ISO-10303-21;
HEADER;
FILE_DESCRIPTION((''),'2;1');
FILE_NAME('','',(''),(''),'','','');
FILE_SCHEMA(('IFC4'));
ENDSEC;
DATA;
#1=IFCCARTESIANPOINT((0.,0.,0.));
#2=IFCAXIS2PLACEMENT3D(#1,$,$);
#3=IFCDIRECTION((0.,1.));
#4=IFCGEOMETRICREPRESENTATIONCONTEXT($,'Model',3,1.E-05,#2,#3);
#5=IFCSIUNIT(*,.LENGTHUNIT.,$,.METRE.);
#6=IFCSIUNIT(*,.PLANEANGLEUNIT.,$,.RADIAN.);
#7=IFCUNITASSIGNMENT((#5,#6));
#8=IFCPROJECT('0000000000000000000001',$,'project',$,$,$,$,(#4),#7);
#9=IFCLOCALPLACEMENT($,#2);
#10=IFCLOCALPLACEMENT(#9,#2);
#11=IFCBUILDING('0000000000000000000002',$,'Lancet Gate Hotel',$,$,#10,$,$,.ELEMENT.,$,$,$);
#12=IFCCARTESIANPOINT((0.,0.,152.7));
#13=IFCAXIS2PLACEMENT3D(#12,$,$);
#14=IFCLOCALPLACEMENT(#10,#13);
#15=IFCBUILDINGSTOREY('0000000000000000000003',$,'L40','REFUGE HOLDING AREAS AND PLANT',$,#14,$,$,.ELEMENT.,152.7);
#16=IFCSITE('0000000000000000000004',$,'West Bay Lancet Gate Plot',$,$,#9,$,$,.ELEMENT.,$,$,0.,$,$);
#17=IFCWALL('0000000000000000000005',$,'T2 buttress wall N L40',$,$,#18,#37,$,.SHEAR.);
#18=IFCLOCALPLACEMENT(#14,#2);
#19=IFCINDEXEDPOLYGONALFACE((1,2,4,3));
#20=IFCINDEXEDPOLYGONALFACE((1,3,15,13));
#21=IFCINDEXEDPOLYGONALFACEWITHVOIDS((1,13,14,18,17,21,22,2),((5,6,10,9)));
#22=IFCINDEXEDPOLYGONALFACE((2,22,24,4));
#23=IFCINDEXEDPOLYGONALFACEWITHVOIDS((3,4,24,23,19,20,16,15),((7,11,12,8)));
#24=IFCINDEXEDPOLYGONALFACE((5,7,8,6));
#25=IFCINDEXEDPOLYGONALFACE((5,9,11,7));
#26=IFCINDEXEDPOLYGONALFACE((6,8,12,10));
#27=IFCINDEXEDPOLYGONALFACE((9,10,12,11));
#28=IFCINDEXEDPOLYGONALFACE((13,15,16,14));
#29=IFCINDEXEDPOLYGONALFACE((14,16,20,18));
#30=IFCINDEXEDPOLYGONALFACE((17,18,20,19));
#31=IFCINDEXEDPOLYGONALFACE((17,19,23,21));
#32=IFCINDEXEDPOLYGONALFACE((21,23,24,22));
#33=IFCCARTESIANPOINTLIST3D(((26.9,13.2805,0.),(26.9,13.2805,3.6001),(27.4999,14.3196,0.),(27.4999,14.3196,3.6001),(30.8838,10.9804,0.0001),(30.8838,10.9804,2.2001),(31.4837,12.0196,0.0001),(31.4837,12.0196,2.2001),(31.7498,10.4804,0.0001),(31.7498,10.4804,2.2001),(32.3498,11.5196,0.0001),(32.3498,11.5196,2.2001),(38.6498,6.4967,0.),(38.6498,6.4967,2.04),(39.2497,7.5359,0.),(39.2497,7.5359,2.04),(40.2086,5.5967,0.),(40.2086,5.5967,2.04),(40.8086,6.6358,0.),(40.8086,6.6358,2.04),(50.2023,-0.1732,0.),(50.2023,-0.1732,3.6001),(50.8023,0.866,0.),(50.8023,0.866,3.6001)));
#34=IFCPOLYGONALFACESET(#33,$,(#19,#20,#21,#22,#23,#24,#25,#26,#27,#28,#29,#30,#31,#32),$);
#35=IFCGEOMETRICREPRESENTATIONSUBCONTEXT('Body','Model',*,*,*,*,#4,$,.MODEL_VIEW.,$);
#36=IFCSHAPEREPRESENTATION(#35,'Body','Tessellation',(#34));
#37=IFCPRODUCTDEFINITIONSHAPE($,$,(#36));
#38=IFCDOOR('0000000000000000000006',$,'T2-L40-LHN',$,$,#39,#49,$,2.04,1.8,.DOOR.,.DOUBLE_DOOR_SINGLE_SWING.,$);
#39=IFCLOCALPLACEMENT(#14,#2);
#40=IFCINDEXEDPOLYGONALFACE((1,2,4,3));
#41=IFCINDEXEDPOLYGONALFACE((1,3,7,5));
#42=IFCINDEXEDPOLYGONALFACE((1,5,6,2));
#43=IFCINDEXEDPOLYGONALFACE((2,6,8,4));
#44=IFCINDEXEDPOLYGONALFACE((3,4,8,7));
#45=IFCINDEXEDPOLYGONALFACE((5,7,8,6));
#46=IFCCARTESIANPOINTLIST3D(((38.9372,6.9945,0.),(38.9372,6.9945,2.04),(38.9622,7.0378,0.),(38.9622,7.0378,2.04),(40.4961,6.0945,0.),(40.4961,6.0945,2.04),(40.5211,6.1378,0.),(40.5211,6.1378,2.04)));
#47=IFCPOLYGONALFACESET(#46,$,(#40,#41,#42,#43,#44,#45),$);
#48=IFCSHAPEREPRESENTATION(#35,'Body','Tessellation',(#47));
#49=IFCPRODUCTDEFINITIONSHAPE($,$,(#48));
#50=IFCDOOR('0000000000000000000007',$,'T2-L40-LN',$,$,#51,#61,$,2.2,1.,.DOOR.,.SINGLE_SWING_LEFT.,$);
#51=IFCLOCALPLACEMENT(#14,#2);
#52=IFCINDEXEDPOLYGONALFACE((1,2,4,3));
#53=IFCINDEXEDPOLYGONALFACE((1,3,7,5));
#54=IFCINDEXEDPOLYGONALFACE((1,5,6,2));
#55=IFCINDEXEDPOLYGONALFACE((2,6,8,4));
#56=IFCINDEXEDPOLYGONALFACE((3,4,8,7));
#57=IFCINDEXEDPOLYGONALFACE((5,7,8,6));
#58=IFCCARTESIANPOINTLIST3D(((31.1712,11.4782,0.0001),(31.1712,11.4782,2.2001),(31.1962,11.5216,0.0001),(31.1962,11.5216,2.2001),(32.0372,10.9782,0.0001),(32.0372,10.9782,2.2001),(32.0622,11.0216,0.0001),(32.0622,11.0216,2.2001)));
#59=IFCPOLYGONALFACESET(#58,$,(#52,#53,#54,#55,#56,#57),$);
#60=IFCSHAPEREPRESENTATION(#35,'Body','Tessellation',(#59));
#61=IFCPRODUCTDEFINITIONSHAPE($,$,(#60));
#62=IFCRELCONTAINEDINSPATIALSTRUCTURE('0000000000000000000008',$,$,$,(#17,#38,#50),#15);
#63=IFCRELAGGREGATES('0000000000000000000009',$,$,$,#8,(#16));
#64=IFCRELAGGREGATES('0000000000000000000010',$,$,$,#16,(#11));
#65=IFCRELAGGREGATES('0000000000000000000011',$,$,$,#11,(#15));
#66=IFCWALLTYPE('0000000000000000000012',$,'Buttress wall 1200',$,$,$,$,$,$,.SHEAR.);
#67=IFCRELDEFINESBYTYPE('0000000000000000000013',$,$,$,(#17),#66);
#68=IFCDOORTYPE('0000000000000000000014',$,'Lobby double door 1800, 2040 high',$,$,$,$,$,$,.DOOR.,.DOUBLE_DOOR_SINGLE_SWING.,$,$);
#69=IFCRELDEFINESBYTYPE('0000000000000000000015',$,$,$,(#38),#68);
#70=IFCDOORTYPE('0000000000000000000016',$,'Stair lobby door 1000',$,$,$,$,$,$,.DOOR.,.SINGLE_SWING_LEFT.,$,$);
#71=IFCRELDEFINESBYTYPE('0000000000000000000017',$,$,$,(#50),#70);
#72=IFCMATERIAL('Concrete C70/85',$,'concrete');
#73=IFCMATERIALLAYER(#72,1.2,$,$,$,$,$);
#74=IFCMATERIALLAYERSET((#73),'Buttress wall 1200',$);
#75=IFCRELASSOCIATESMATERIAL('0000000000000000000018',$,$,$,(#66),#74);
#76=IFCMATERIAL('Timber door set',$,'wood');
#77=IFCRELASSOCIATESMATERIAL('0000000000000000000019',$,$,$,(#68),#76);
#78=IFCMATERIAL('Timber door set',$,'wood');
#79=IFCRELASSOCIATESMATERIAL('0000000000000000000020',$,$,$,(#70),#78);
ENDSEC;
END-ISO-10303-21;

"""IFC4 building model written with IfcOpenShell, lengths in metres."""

from ifc_helpers import new_model, si_unit, direction, frame, frame_2d, origin, place, context, subcontext, project, spatial, rectangle, extrude, material, layer, layer_set, type_object, element, fill, save


model = new_model("IFC4")

# Units and contexts
model_context = context("Model", 3, precision=1e-05, world=origin(), true_north=direction((0.0, 1.0)))
body_context = subcontext(model_context, "Body", "Model", "MODEL_VIEW")
ifc_project = project(units=[si_unit("LENGTHUNIT", "METRE"), si_unit("PLANEANGLEUNIT", "RADIAN")], contexts=[model_context])

# Site, building, storey
site_placement = place(None, origin())
site = spatial("IfcSite", under=ifc_project, at=site_placement, Name="West Bay Lancet Gate Plot", CompositionType="ELEMENT", RefElevation=0.0)
building_placement = place(site_placement, origin())
building = spatial("IfcBuilding", under=site, at=building_placement, Name="Lancet Gate Hotel", CompositionType="ELEMENT")
storey_placement = place(building_placement, frame((0.0, 0.0, 152.7)))
storey = spatial("IfcBuildingStorey", under=building, at=storey_placement, Name="L40", Description="REFUGE HOLDING AREAS AND PLANT", CompositionType="ELEMENT", Elevation=152.7)

# Wall, openings, doors
ifc_material_1 = material(Name="Concrete C70/85", Category="concrete")
ifc_layer_1 = layer(ifc_material_1, 1.2)
ifc_layer_set_1 = layer_set([ifc_layer_1], Name="Buttress wall 1200")
wall_type = type_object("IfcWallType", Name="Buttress wall 1200", PredefinedType="SHEAR", material=ifc_layer_set_1)
ifc_material_2 = material(Name="Timber door set", Category="wood")
door_type_1 = type_object("IfcDoorType", Name="Lobby double door 1800, 2040 high", OperationType="DOUBLE_DOOR_SINGLE_SWING", PredefinedType="DOOR", material=ifc_material_2)
ifc_material_3 = material(Name="Timber door set", Category="wood")
door_type_2 = type_object("IfcDoorType", Name="Stair lobby door 1000", OperationType="SINGLE_SWING_LEFT", PredefinedType="DOOR", material=ifc_material_3)
wall_1_placement = place(storey_placement, frame((27.2, 13.8, 0.0), z_axis=(0.0, 0.0, 1.0), x_axis=(0.866025, -0.500002, 0.0)))
wall_1 = element("IfcWall", 1, at=wall_1_placement, inside=storey, type_object=wall_type, Name="T2 buttress wall N L40", PredefinedType="SHEAR", context=body_context, shape_type="SweptSolid", body=[
    extrude(rectangle(XDim=26.9072, YDim=1.2, at=frame_2d((13.4536, 0.0))), origin(), (0.0, 0.0, 1.0), 3.6001),
])
opening_1_placement = place(wall_1_placement, frame((4.6001, 0.0, 0.0)))
opening_1 = element("IfcOpeningElement", 2, at=opening_1_placement, cuts=wall_1, PredefinedType="OPENING", context=body_context, shape_type="SweptSolid", body=[
    extrude(rectangle(XDim=1.0, YDim=2.2, at=frame_2d((0.5, 1.1001))), frame((0.0, 0.6099, 0.0), z_axis=(0.0, -1.0, 0.0), x_axis=(1.0, 0.0, 0.0)), (0.0, 0.0, 1.0), 1.22),
])
opening_2_placement = place(wall_1_placement, frame((13.5676, 0.0, 0.0)))
opening_2 = element("IfcOpeningElement", 3, at=opening_2_placement, cuts=wall_1, PredefinedType="OPENING", context=body_context, shape_type="SweptSolid", body=[
    extrude(rectangle(XDim=1.8, YDim=2.04, at=frame_2d((0.8999, 1.02))), frame((0.0, 0.6099, 0.0), z_axis=(0.0, -1.0, 0.0), x_axis=(1.0, 0.0, 0.0)), (0.0, 0.0, 1.0), 1.22),
])
door_1_placement = place(opening_2_placement, origin())
door_1 = element("IfcDoor", 4, at=door_1_placement, inside=storey, type_object=door_type_1, Name="T2-L40-LHN", OperationType="DOUBLE_DOOR_SINGLE_SWING", OverallHeight=2.04, OverallWidth=1.8, PredefinedType="DOOR", context=body_context, shape_type="SweptSolid", body=[
    extrude(rectangle(XDim=1.8, YDim=2.04, at=frame_2d((0.8999, 1.02))), frame((0.0, 0.0249, 0.0), z_axis=(0.0, -1.0, 0.0), x_axis=(1.0, 0.0, 0.0)), (0.0, 0.0, 1.0), 0.05),
])
fill(opening_2, door_1)
door_2_placement = place(opening_1_placement, origin())
door_2 = element("IfcDoor", 5, at=door_2_placement, inside=storey, type_object=door_type_2, Name="T2-L40-LN", OperationType="SINGLE_SWING_LEFT", OverallHeight=2.2, OverallWidth=1.0, PredefinedType="DOOR", context=body_context, shape_type="SweptSolid", body=[
    extrude(rectangle(XDim=1.0, YDim=2.2, at=frame_2d((0.5, 1.1001))), frame((0.0, 0.0249, 0.0), z_axis=(0.0, -1.0, 0.0), x_axis=(1.0, 0.0, 0.0)), (0.0, 0.0, 1.0), 0.05),
])
fill(opening_1, door_2)

save(model, "model.ifc")
